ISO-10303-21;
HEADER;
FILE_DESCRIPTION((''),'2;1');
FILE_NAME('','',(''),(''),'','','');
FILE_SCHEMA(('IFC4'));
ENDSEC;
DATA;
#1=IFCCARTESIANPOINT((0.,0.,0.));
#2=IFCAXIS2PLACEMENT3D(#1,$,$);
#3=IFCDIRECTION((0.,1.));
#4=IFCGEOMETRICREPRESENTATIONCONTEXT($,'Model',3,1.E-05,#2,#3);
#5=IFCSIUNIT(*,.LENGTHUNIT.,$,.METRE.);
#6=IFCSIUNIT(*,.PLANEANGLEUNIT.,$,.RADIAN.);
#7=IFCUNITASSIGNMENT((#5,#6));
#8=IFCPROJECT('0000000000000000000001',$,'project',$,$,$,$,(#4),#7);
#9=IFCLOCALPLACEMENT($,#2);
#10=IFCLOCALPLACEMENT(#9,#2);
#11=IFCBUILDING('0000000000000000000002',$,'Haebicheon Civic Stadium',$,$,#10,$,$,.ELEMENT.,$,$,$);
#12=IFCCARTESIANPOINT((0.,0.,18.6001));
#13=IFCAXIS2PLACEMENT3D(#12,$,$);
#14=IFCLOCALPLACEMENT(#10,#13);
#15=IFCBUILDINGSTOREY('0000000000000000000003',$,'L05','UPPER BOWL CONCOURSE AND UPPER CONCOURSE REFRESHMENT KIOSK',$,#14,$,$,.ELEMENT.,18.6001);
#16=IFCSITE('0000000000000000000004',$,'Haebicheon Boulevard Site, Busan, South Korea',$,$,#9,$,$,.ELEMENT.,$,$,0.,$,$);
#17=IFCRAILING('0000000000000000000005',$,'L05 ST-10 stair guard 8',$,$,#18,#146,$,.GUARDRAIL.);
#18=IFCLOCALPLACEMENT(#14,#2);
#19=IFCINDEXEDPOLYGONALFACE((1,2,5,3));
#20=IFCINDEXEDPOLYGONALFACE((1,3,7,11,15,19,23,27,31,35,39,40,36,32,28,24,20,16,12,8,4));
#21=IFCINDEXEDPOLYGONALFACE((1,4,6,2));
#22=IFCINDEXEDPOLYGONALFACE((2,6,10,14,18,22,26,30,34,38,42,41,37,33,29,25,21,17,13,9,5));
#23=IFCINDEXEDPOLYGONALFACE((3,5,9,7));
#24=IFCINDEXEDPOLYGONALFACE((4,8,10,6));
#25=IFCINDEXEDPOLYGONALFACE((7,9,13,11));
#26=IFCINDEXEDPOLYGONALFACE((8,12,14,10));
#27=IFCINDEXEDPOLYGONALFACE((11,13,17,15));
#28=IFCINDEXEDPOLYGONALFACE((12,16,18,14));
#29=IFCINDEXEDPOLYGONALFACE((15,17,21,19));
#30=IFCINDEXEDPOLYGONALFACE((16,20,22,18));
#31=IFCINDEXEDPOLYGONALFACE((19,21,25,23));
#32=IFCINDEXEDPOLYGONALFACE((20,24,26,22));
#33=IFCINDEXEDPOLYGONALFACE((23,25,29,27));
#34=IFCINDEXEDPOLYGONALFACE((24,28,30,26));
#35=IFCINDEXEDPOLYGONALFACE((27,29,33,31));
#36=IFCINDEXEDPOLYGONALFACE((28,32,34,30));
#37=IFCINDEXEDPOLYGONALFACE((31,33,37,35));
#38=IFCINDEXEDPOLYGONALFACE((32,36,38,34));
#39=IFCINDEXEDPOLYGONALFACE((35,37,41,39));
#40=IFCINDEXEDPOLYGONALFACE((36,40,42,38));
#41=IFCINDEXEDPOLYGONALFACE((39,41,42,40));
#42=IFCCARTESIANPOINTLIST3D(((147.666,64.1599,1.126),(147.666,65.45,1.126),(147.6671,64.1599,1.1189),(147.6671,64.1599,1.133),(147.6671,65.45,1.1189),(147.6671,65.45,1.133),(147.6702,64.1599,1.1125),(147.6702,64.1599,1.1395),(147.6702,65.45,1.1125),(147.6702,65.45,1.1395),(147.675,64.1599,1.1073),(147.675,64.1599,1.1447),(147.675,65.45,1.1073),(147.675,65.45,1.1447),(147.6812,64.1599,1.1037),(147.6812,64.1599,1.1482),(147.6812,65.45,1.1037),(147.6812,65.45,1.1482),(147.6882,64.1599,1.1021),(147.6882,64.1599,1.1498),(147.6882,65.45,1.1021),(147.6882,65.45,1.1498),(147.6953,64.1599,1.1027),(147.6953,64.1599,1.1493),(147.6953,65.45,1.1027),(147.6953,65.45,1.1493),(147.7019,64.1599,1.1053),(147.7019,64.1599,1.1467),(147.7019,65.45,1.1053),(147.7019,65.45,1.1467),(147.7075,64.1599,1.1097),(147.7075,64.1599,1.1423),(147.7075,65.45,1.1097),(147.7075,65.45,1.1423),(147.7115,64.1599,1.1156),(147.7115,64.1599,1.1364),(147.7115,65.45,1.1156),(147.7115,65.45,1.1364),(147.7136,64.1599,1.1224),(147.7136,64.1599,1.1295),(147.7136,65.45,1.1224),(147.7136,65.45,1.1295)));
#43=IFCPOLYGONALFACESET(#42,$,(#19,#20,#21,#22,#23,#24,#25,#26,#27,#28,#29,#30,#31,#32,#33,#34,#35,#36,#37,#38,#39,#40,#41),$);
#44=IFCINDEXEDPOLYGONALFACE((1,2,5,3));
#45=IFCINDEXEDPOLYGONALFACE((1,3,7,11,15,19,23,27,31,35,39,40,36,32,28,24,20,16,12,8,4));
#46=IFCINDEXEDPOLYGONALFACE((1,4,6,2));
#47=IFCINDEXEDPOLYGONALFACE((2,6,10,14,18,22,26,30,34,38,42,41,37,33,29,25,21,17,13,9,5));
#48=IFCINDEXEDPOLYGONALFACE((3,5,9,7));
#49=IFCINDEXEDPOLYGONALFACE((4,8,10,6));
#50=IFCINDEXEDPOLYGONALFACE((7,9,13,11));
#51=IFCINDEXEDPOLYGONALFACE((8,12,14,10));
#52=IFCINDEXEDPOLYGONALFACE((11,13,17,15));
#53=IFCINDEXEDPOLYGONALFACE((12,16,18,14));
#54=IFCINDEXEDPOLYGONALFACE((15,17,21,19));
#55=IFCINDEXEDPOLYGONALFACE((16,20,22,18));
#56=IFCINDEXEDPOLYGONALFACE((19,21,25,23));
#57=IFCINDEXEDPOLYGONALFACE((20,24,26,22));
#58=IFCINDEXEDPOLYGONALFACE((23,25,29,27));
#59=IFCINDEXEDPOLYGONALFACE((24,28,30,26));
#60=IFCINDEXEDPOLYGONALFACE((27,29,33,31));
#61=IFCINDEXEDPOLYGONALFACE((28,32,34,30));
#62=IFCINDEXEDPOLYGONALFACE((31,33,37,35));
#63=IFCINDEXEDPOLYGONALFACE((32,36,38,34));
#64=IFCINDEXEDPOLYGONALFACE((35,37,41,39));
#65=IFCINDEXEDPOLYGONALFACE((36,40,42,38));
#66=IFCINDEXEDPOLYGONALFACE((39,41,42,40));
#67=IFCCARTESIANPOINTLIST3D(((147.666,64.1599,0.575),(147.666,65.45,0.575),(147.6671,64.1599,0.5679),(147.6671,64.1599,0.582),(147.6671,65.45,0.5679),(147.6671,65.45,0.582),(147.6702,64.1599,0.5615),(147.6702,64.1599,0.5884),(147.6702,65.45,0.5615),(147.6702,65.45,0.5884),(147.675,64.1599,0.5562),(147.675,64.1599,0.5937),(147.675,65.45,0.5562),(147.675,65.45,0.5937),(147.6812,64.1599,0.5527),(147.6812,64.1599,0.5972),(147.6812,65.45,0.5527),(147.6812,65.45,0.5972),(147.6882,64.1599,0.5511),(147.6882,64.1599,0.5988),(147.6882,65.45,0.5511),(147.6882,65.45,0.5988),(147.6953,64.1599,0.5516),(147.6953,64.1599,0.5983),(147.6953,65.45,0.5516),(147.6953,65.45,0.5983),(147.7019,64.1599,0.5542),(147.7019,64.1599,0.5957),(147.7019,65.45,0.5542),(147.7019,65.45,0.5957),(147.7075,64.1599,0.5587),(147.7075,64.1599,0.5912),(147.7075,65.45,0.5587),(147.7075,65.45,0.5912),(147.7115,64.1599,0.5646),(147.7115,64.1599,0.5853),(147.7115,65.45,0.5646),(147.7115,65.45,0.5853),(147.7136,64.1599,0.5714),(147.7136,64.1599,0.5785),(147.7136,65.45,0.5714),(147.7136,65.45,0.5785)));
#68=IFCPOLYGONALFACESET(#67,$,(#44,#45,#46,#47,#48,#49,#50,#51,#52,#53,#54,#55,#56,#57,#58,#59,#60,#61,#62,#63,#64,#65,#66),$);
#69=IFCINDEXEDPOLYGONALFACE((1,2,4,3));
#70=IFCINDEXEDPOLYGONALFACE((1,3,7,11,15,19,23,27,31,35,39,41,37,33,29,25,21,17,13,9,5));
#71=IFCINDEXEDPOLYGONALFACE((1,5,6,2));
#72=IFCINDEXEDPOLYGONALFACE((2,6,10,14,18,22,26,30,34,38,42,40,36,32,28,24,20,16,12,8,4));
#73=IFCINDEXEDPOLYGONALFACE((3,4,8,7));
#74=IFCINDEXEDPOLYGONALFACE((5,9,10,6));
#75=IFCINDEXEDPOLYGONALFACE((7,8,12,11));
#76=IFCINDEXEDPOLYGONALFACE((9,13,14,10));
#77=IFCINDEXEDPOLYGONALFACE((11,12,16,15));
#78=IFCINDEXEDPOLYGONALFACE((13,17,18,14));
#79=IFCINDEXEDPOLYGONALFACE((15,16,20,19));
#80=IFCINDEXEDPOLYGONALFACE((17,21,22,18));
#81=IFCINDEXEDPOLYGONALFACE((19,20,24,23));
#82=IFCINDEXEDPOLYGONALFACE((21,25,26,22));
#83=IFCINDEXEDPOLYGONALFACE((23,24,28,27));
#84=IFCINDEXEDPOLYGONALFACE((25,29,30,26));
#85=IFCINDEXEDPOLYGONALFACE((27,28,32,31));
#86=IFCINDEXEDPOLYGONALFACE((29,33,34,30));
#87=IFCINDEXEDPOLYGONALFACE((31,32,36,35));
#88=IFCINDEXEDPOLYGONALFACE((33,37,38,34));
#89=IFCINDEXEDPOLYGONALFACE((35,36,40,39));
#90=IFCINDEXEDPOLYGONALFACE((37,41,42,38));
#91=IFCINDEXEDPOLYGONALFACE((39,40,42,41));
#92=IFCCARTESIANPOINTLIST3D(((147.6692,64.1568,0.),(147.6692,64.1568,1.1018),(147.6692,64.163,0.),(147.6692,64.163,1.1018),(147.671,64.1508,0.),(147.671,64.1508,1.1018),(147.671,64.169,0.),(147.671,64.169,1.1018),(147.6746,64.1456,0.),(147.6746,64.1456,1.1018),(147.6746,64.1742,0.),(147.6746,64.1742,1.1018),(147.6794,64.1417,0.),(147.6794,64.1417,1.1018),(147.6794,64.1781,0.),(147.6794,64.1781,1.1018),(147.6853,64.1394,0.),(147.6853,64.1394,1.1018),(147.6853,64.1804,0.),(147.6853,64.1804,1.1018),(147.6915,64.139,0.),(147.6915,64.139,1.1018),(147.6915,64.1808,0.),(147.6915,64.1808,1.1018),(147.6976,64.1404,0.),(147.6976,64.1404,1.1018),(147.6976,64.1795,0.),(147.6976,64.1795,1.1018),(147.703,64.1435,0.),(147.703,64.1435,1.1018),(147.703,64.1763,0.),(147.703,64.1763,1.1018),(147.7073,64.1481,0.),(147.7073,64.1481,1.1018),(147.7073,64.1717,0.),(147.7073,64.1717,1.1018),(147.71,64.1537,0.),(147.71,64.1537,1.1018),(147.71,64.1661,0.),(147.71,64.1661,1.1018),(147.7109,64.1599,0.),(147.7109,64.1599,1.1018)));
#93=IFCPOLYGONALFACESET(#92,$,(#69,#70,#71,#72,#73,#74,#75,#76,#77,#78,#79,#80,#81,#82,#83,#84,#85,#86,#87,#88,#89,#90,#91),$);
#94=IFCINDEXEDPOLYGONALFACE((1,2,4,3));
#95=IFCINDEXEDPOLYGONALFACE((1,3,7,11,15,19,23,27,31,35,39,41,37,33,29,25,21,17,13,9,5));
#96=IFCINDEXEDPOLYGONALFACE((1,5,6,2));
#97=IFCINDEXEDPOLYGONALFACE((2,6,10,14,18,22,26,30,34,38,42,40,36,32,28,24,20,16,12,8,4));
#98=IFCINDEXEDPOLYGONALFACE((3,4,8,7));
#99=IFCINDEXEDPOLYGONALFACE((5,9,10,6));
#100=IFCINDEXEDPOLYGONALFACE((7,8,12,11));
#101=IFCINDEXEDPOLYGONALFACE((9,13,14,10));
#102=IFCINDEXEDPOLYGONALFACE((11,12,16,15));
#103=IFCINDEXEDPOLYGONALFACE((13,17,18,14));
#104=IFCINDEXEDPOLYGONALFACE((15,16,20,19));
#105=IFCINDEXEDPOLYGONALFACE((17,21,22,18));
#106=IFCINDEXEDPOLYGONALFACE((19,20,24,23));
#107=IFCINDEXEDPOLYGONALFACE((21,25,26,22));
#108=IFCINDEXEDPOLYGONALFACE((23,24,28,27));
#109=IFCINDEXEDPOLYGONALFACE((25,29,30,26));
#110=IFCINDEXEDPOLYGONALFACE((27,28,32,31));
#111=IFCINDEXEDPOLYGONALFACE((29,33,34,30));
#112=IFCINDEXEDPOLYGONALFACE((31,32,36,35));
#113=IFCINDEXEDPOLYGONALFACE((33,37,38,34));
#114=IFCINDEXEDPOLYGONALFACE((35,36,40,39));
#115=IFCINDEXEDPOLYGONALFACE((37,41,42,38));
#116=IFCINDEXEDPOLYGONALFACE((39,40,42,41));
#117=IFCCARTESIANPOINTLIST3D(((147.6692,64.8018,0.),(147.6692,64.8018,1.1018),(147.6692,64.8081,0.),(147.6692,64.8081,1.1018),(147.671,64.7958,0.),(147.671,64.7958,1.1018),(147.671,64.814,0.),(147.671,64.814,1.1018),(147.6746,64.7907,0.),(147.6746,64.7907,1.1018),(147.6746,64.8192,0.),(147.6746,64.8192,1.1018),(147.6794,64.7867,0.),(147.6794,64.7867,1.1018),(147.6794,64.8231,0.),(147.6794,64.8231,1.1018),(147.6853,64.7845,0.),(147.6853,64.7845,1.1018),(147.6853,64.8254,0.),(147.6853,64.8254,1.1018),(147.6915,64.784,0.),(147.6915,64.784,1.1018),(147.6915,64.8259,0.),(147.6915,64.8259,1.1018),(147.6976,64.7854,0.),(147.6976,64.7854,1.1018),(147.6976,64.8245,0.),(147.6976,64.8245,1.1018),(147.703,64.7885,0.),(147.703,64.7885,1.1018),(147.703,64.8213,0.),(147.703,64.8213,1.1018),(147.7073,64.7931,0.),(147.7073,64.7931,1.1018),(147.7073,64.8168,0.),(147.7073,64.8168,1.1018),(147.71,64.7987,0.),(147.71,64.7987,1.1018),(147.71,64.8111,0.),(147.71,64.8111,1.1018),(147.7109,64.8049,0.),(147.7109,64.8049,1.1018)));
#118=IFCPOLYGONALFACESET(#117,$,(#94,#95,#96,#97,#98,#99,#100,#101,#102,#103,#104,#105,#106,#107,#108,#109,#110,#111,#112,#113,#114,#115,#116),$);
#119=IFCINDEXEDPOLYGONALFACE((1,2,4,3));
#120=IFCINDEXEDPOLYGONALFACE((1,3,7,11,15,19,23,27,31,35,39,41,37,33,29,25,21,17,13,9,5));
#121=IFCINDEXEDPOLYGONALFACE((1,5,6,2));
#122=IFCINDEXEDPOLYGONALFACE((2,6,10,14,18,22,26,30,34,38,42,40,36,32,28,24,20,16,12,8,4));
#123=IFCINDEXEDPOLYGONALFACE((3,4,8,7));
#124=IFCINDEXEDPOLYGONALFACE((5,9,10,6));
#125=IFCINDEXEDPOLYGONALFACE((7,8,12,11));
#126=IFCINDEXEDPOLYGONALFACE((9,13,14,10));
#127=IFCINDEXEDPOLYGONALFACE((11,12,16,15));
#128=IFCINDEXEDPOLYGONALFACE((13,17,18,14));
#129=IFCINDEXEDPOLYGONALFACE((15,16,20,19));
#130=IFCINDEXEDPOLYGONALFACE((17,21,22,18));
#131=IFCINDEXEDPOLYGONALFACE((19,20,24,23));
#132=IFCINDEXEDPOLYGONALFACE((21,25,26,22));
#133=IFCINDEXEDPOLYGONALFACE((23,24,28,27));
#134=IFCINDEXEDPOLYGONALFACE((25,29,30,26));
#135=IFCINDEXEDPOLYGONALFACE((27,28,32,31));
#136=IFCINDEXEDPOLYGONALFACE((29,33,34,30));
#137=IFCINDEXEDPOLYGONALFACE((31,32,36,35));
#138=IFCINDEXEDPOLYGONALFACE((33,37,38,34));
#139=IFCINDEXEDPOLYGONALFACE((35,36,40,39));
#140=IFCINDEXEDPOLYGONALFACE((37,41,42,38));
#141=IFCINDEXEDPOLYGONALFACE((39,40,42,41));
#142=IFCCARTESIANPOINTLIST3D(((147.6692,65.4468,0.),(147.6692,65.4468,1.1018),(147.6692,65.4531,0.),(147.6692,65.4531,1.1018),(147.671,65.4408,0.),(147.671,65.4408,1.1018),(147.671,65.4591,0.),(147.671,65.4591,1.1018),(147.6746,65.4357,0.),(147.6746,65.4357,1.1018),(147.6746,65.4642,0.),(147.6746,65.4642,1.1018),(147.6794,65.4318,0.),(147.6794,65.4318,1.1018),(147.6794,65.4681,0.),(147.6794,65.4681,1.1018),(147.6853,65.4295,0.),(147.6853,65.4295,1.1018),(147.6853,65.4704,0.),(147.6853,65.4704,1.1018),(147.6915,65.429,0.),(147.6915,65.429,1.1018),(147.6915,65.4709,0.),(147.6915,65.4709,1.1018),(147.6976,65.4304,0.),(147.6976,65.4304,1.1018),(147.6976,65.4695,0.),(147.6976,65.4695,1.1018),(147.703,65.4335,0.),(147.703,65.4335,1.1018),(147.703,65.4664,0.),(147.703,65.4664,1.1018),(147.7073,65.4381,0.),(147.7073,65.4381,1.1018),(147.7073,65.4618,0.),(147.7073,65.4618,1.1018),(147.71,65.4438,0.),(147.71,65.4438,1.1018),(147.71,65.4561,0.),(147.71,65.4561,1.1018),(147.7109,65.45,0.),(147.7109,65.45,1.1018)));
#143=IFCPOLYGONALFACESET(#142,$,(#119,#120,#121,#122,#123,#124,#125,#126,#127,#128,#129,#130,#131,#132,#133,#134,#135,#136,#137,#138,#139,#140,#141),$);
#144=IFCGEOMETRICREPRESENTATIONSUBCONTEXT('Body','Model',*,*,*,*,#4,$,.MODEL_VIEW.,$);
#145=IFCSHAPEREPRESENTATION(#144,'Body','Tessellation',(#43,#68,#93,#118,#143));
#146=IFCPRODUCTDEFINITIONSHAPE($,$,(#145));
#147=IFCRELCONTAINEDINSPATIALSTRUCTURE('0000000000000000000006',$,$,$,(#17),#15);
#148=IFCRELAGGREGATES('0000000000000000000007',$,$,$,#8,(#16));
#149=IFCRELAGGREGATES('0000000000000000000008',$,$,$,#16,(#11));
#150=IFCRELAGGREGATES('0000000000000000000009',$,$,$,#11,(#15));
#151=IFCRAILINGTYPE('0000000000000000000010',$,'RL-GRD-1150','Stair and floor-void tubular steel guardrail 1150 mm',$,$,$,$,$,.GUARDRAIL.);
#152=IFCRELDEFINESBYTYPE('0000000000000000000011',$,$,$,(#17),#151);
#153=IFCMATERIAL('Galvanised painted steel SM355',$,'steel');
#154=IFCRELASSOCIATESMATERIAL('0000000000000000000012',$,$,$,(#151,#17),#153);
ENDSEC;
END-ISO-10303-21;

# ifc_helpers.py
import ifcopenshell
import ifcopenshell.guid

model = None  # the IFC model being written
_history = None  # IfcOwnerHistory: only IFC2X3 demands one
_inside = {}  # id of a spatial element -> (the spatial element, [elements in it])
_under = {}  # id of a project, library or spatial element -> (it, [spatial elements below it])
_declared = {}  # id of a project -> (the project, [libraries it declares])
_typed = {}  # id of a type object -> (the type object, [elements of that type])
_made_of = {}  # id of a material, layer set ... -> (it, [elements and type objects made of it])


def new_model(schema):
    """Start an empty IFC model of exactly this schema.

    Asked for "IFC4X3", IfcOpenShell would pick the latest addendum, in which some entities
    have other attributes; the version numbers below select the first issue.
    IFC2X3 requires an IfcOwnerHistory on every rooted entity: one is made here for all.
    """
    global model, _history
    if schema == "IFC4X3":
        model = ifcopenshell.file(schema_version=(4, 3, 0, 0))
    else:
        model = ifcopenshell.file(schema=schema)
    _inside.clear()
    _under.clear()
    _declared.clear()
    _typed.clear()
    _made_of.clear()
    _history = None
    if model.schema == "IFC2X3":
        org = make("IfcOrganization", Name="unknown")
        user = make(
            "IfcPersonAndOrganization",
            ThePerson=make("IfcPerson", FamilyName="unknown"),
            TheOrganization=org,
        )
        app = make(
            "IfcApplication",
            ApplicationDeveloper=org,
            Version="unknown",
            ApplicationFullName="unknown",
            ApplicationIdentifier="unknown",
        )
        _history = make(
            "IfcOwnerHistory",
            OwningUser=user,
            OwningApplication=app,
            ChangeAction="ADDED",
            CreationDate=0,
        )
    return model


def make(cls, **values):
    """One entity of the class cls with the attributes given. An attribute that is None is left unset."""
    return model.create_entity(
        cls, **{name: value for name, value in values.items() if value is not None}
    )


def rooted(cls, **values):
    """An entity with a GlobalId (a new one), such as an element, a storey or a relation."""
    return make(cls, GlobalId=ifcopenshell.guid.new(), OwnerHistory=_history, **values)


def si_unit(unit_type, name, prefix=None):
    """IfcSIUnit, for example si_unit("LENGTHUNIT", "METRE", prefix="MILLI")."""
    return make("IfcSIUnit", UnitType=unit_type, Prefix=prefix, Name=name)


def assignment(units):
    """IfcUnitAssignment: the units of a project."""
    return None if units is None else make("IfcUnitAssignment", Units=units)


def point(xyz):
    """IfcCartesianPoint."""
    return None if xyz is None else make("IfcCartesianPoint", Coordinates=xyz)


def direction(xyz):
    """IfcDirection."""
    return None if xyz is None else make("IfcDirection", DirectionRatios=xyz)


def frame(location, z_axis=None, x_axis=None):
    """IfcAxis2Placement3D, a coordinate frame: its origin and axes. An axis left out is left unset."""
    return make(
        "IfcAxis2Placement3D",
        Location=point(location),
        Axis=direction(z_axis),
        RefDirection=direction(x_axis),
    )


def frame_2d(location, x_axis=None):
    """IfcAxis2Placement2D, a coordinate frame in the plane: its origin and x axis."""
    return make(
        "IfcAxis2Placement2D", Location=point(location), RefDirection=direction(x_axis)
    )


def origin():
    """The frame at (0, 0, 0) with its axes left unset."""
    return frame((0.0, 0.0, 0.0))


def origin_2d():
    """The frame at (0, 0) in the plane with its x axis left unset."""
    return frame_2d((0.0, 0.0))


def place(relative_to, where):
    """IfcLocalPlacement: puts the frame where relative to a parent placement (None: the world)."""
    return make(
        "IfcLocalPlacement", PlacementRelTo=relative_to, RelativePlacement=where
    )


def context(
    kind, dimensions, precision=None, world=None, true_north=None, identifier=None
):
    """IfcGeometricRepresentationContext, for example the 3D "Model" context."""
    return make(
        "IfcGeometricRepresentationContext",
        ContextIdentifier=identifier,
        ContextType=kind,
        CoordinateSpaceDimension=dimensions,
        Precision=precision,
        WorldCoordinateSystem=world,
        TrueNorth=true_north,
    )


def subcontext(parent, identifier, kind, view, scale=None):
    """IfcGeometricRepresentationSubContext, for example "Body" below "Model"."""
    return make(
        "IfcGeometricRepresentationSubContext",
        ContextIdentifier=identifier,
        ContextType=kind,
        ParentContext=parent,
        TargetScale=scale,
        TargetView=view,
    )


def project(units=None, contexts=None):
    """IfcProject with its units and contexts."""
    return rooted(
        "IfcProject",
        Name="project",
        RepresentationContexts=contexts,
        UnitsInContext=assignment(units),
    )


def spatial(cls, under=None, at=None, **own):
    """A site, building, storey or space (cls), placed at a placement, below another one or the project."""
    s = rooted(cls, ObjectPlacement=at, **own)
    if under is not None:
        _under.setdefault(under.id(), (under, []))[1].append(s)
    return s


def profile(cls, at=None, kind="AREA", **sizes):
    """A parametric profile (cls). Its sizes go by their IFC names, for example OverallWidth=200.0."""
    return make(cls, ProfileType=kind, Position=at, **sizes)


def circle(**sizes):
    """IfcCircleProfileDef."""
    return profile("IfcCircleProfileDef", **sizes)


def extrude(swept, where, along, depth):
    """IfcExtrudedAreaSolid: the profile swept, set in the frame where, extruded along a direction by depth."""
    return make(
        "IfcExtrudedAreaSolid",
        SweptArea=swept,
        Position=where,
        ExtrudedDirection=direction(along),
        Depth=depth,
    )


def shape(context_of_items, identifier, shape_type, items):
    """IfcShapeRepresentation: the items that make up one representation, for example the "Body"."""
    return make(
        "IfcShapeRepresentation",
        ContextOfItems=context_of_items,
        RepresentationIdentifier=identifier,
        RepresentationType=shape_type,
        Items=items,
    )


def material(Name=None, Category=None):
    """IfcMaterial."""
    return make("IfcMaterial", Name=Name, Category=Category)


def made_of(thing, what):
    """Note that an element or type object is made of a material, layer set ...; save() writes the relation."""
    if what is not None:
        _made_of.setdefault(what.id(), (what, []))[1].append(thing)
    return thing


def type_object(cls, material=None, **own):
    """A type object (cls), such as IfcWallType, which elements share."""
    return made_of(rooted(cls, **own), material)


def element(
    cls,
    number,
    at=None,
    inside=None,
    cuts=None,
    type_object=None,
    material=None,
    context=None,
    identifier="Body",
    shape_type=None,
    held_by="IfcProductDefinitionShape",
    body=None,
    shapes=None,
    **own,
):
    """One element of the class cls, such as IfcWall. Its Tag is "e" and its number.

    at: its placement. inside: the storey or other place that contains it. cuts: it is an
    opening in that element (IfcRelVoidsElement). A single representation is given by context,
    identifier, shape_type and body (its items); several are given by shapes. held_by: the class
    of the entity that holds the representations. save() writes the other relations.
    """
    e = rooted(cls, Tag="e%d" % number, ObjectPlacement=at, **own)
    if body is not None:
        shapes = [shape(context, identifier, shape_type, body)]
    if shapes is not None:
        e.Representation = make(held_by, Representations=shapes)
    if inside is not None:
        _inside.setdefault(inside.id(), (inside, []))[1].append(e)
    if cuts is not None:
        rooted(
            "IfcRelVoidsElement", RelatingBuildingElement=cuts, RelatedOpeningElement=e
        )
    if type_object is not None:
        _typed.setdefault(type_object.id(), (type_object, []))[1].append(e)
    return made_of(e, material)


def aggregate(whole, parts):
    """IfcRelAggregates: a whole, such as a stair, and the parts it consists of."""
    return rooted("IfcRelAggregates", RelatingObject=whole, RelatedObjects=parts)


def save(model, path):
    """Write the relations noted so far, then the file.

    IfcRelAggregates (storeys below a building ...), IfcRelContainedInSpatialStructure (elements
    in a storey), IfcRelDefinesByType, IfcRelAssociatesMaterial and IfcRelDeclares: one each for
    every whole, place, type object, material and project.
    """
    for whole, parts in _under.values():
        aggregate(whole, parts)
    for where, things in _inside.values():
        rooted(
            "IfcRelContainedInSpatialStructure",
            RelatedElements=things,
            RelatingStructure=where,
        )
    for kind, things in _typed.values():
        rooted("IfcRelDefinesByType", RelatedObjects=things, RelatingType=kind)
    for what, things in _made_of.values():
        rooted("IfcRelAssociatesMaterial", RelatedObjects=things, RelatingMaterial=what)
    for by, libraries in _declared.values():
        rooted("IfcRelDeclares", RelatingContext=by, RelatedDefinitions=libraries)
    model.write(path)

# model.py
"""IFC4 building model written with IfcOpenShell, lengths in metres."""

from ifc_helpers import new_model, si_unit, direction, frame, origin, origin_2d, place, context, subcontext, project, spatial, circle, extrude, material, type_object, element, save


model = new_model("IFC4")

# Units and contexts
model_context = context("Model", 3, precision=1e-05, world=origin(), true_north=direction((0.0, 1.0)))
body_context = subcontext(model_context, "Body", "Model", "MODEL_VIEW")
ifc_project = project(units=[si_unit("LENGTHUNIT", "METRE"), si_unit("PLANEANGLEUNIT", "RADIAN")], contexts=[model_context])

# Site, building, storey
site_placement = place(None, origin())
site = spatial("IfcSite", under=ifc_project, at=site_placement, Name="Haebicheon Boulevard Site, Busan, South Korea", CompositionType="ELEMENT", RefElevation=0.0)
building_placement = place(site_placement, origin())
building = spatial("IfcBuilding", under=site, at=building_placement, Name="Haebicheon Civic Stadium", CompositionType="ELEMENT")
storey_placement = place(building_placement, frame((0.0, 0.0, 18.6001)))
storey = spatial("IfcBuildingStorey", under=building, at=storey_placement, Name="L05", Description="UPPER BOWL CONCOURSE AND UPPER CONCOURSE REFRESHMENT KIOSK", CompositionType="ELEMENT", Elevation=18.6001)

# Railing
ifc_material_1 = material(Name="Galvanised painted steel SM355", Category="steel")
railing_type_1 = type_object("IfcRailingType", Name="RL-GRD-1150", Description="Stair and floor-void tubular steel guardrail 1150 mm", PredefinedType="GUARDRAIL", material=ifc_material_1)
for number, where, name in (
    (1, (147.6899, 64.1599, 0.0), "L05 ST-10 stair guard 8"),
):
    element("IfcRailing", number, at=place(storey_placement, frame(where)), inside=storey, type_object=railing_type_1, material=ifc_material_1, Name=name, PredefinedType="GUARDRAIL", context=body_context, shape_type="SweptSolid", body=[
        extrude(circle(Radius=0.0239, at=origin_2d()), frame((0.0, 0.0, 1.126), z_axis=(0.0, 1.0, 0.0), x_axis=(-1.0, 0.0, 0.0)), (0.0, 0.0, 1.0), 1.29),
        extrude(circle(Radius=0.0239, at=origin_2d()), frame((0.0, 0.0, 0.575), z_axis=(0.0, 1.0, 0.0), x_axis=(-1.0, 0.0, 0.0)), (0.0, 0.0, 1.0), 1.29),
        extrude(circle(Radius=0.021, at=origin_2d()), origin(), (0.0, 0.0, 1.0), 1.1018),
        extrude(circle(Radius=0.021, at=origin_2d()), frame((0.0, 0.645, 0.0)), (0.0, 0.0, 1.0), 1.1018),
        extrude(circle(Radius=0.021, at=origin_2d()), frame((0.0, 1.29, 0.0)), (0.0, 0.0, 1.0), 1.1018),
    ])

save(model, "model.ifc")
